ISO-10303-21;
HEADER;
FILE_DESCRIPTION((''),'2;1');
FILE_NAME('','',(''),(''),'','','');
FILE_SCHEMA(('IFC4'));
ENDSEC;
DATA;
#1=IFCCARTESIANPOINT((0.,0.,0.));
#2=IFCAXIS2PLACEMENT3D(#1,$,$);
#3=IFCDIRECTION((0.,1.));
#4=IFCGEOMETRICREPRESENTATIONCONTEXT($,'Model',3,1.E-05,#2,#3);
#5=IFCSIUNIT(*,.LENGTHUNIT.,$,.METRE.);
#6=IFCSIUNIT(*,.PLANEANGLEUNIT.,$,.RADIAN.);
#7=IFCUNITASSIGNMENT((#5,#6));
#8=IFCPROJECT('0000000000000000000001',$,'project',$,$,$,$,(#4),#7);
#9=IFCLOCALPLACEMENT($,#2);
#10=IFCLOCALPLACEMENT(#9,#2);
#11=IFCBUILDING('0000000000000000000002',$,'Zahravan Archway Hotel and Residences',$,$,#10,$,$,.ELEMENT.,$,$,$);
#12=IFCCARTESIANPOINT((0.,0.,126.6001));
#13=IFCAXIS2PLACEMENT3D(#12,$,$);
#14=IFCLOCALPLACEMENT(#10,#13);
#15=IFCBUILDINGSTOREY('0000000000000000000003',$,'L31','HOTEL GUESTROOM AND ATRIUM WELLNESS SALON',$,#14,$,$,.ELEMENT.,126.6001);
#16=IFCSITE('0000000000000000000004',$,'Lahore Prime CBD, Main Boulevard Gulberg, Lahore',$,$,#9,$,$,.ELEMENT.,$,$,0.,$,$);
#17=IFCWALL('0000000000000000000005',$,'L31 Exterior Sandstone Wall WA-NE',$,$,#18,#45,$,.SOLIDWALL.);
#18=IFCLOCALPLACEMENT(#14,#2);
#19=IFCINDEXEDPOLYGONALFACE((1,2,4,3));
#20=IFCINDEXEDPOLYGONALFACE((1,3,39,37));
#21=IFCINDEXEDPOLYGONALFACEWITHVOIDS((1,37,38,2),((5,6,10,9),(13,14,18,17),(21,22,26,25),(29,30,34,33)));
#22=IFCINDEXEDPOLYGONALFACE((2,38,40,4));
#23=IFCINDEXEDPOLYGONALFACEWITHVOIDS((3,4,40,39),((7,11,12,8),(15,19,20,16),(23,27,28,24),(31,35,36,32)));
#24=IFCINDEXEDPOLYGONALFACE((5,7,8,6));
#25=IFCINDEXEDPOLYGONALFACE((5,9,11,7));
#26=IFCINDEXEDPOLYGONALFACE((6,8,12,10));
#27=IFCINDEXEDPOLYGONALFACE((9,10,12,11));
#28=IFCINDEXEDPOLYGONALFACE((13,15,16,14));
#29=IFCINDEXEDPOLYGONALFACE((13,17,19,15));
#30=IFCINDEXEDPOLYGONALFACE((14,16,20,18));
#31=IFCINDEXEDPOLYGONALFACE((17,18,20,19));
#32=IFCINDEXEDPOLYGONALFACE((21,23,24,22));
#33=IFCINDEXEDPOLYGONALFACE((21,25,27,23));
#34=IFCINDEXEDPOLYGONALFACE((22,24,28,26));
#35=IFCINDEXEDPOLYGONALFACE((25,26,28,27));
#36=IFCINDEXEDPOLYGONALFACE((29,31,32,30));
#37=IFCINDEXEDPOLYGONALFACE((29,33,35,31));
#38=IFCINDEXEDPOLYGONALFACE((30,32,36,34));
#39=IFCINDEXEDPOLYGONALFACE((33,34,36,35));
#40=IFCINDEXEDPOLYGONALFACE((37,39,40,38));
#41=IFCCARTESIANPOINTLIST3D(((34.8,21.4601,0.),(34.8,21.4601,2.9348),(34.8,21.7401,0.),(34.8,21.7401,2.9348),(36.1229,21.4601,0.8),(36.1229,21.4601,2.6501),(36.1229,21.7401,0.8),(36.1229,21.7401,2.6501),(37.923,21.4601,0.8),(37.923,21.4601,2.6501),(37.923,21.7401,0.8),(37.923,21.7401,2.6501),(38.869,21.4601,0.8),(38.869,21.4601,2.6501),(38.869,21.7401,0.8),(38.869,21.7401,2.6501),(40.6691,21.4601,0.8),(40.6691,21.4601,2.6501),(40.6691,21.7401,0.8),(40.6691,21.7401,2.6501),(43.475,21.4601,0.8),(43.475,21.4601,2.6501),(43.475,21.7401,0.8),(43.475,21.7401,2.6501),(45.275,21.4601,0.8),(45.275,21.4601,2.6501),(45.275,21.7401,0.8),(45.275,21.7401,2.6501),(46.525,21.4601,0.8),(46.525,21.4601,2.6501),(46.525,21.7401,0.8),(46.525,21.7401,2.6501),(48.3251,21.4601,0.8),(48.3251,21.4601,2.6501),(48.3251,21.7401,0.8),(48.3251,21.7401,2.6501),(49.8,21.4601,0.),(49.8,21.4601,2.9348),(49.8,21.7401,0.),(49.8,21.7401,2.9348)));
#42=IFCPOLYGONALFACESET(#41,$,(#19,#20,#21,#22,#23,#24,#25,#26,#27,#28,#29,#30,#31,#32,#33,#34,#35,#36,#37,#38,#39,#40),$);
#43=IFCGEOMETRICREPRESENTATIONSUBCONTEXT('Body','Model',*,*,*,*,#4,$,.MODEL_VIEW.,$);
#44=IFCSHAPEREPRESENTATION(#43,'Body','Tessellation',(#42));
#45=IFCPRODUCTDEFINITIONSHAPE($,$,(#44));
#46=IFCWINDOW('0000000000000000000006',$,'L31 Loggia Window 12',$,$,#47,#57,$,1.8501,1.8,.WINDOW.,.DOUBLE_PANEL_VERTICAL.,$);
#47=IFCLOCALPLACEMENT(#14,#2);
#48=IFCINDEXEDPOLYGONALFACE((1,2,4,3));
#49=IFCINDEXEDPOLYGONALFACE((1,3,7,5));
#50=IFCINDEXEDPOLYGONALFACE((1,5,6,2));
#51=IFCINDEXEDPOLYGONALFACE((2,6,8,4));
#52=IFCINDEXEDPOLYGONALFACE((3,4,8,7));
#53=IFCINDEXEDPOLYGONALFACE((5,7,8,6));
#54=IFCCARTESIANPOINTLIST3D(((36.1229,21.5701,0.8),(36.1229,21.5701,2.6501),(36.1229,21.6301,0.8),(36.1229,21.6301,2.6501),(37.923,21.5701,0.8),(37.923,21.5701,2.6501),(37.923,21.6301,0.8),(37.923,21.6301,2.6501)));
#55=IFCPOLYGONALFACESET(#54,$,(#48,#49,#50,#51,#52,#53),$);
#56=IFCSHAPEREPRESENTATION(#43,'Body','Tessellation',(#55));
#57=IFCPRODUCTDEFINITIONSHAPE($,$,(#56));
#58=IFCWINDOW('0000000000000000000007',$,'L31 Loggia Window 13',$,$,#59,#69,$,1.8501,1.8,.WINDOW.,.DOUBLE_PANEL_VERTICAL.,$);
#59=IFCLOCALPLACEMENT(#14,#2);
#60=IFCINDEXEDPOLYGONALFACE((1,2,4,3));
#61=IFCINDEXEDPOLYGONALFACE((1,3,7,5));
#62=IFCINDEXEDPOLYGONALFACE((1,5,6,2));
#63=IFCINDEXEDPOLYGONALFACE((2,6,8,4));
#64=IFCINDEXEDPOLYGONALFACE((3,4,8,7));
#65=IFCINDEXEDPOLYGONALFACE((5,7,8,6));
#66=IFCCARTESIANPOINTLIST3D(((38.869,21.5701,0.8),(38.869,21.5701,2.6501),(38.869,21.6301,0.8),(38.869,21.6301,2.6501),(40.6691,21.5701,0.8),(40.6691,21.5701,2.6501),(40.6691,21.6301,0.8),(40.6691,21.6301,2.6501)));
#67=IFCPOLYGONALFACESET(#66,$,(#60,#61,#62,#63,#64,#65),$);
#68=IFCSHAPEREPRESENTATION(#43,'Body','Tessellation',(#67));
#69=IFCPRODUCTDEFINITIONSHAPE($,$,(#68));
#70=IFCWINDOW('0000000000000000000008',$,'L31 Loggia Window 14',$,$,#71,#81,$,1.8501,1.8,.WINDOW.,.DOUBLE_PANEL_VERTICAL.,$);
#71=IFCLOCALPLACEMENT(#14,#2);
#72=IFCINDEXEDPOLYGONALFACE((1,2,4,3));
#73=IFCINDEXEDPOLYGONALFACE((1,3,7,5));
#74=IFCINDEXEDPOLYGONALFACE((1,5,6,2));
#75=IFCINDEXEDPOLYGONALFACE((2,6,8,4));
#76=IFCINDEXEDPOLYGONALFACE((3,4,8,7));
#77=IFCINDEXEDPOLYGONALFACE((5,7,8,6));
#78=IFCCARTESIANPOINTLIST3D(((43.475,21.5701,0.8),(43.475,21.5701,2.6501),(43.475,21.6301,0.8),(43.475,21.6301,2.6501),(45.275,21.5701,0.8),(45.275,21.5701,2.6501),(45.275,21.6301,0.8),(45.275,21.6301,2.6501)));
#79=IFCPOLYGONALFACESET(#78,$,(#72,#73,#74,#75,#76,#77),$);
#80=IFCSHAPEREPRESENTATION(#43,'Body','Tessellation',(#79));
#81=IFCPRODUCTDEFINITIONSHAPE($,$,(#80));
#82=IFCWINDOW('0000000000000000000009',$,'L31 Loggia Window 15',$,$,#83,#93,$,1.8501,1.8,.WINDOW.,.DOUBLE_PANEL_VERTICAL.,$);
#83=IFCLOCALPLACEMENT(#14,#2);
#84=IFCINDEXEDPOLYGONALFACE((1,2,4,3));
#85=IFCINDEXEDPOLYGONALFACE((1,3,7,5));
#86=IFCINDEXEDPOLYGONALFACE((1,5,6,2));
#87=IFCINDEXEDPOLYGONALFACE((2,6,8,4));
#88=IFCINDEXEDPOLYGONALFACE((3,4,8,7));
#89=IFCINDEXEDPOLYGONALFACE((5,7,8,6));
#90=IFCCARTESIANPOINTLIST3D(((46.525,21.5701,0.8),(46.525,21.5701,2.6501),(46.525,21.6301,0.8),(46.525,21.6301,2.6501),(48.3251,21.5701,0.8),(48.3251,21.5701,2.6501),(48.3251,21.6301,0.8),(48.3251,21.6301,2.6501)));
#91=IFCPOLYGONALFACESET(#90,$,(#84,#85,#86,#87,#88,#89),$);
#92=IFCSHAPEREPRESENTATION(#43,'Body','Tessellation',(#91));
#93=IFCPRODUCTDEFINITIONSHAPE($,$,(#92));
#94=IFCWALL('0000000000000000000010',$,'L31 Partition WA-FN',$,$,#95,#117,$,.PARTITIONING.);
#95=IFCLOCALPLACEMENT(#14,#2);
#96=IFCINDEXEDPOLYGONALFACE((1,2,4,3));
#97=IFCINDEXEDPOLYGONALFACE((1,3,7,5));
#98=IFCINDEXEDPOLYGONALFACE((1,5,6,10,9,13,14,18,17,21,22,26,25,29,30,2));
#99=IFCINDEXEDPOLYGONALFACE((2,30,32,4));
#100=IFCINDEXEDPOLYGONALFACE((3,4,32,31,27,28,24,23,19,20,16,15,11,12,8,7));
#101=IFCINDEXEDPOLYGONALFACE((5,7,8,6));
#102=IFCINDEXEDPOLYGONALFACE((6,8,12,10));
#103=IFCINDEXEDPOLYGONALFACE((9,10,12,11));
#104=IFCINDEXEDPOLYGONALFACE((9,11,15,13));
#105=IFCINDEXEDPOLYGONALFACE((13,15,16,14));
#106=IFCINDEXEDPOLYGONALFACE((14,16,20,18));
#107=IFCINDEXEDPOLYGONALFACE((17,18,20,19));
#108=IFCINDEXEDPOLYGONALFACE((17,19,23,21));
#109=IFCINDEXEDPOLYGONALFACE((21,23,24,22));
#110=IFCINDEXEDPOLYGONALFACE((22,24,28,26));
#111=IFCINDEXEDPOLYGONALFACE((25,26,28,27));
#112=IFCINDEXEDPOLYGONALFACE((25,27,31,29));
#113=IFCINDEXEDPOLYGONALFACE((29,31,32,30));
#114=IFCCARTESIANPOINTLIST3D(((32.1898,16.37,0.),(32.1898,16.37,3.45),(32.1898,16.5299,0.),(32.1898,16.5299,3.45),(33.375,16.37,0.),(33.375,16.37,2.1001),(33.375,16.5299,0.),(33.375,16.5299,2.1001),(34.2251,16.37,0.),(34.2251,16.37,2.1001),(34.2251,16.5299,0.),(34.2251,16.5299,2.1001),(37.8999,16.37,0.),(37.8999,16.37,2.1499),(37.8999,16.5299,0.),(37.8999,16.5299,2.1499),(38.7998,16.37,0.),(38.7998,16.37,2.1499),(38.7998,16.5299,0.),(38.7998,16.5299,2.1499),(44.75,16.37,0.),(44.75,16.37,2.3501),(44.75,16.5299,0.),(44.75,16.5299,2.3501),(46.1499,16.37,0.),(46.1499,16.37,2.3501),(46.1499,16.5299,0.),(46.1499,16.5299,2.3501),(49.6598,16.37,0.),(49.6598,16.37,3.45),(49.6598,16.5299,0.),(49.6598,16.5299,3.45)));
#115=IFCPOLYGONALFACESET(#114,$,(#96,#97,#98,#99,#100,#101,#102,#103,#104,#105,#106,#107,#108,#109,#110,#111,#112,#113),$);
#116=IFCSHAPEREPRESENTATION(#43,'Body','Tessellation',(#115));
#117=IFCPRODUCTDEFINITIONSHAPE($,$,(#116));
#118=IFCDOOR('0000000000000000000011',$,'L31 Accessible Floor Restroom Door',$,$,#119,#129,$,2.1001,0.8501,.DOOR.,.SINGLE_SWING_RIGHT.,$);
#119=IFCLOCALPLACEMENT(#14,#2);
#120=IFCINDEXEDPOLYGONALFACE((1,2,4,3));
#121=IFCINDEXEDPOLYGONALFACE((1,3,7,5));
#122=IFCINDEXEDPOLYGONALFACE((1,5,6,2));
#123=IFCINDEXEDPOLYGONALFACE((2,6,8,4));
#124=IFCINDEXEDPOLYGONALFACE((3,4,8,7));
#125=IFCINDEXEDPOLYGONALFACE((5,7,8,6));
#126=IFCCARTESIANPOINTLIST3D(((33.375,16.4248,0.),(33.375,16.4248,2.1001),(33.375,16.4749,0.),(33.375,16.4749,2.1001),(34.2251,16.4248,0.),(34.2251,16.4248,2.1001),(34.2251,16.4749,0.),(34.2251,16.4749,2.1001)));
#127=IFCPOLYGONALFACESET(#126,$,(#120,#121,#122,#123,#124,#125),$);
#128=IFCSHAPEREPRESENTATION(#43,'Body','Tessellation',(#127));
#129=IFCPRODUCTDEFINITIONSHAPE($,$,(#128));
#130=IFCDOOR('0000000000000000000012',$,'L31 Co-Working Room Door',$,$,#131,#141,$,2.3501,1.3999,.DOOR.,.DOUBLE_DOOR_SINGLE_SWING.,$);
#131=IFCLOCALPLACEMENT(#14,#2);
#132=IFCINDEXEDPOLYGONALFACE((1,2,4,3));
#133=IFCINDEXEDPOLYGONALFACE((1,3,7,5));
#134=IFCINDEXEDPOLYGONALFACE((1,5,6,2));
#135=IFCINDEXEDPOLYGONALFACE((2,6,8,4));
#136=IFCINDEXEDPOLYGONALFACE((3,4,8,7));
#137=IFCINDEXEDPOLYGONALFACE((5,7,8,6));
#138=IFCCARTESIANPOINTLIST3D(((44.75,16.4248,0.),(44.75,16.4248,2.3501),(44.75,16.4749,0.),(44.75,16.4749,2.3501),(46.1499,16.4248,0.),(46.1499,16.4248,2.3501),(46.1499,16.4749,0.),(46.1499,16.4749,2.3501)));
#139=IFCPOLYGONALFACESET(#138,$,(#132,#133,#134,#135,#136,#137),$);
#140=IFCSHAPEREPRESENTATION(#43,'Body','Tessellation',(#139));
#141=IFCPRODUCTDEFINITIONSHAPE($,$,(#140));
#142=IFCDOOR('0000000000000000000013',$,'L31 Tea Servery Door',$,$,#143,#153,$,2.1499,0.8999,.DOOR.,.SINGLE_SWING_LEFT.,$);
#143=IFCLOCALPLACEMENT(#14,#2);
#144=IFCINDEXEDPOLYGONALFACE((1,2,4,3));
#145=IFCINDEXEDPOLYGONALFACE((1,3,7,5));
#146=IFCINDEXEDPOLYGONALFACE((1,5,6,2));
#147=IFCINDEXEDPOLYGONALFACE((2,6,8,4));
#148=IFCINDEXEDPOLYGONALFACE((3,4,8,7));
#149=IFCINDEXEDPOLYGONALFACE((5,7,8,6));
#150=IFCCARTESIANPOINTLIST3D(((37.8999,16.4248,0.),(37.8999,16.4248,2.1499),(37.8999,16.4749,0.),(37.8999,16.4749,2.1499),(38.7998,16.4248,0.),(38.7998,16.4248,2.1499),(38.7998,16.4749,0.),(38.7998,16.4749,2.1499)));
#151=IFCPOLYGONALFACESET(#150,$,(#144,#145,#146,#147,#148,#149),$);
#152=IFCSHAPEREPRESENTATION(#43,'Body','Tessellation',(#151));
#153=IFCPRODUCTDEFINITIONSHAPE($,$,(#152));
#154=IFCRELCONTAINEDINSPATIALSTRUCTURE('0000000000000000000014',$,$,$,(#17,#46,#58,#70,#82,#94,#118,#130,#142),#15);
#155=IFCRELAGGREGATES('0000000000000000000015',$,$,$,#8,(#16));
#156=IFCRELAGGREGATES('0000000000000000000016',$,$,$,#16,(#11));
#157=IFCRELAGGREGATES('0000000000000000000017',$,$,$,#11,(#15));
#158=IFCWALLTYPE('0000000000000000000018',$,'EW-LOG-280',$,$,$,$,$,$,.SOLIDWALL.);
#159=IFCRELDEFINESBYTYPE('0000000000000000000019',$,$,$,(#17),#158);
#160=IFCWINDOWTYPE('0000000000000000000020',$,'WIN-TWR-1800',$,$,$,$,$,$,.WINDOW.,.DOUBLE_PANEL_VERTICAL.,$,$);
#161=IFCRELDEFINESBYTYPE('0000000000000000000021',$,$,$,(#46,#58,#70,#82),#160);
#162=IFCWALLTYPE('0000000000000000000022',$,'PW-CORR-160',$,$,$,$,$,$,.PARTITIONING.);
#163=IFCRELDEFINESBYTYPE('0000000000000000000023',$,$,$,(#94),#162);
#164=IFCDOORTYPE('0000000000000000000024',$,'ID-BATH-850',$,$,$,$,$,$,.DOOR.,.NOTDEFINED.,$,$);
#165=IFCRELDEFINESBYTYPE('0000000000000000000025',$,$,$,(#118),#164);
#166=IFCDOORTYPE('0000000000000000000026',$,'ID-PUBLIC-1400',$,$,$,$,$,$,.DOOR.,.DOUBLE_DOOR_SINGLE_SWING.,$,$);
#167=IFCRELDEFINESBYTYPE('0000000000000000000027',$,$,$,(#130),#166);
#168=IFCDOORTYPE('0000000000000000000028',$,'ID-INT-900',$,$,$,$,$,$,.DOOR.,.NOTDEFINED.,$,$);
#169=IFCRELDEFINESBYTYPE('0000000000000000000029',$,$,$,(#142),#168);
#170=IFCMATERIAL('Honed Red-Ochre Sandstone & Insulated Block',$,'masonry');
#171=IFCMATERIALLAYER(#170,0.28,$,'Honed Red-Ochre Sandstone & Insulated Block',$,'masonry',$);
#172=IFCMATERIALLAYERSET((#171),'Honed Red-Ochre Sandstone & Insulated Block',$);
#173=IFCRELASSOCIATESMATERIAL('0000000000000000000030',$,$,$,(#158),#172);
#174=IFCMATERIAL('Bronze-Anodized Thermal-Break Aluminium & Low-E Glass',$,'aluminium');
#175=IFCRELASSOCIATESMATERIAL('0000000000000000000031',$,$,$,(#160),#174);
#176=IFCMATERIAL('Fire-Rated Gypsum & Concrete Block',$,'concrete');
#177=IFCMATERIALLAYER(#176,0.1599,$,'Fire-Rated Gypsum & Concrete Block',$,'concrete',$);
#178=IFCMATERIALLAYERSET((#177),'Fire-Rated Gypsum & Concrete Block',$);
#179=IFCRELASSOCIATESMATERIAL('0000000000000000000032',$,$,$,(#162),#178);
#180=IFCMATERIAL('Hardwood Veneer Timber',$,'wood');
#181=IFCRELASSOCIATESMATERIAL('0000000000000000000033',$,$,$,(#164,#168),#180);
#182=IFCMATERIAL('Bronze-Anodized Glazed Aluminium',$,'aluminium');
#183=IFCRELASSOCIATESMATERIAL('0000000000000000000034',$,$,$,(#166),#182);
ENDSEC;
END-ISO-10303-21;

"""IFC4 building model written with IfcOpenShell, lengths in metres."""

from ifc_helpers import new_model, si_unit, direction, frame, frame_2d, origin, place, context, subcontext, project, spatial, rectangle, extrude, source, transform, mapped, material, layer, layer_set, type_object, type_shapes, element, fill, save


model = new_model("IFC4")

# Units and contexts
model_context = context("Model", 3, precision=1e-05, world=origin(), true_north=direction((0.0, 1.0)))
body_context = subcontext(model_context, "Body", "Model", "MODEL_VIEW")
ifc_project = project(units=[si_unit("LENGTHUNIT", "METRE"), si_unit("PLANEANGLEUNIT", "RADIAN")], contexts=[model_context])

# Site, building, storey
site_placement = place(None, origin())
site = spatial("IfcSite", under=ifc_project, at=site_placement, Name="Lahore Prime CBD, Main Boulevard Gulberg, Lahore", CompositionType="ELEMENT", RefElevation=0.0)
building_placement = place(site_placement, origin())
building = spatial("IfcBuilding", under=site, at=building_placement, Name="Zahravan Archway Hotel and Residences", CompositionType="ELEMENT")
storey_placement = place(building_placement, frame((0.0, 0.0, 126.6001)))
storey = spatial("IfcBuildingStorey", under=building, at=storey_placement, Name="L31", Description="HOTEL GUESTROOM AND ATRIUM WELLNESS SALON", CompositionType="ELEMENT", Elevation=126.6001)

# Wall, openings, windows
ifc_material_1 = material(Name="Honed Red-Ochre Sandstone & Insulated Block", Category="masonry")
ifc_layer_1 = layer(ifc_material_1, 0.28, Name="Honed Red-Ochre Sandstone & Insulated Block", Category="masonry")
ifc_layer_set_1 = layer_set([ifc_layer_1], Name="Honed Red-Ochre Sandstone & Insulated Block")
wall_type_1 = type_object("IfcWallType", Name="EW-LOG-280", PredefinedType="SOLIDWALL", material=ifc_layer_set_1)
wall_1_placement = place(storey_placement, frame((34.8, 21.6001, 0.0), z_axis=(0.0, 0.0, 1.0), x_axis=(1.0, 0.0, 0.0)))
wall_1 = element("IfcWall", 1, at=wall_1_placement, inside=storey, type_object=wall_type_1, Name="L31 Exterior Sandstone Wall WA-NE", PredefinedType="SOLIDWALL", context=body_context, shape_type="SweptSolid", body=[
    extrude(rectangle(XDim=15.0, YDim=0.28, at=frame_2d((7.5, 0.0))), origin(), (0.0, 0.0, 1.0), 2.9348),
])
opening_1_placement = place(wall_1_placement, frame((1.323, 0.0, 0.8)))
opening_1 = element("IfcOpeningElement", 2, at=opening_1_placement, cuts=wall_1, PredefinedType="OPENING", context=body_context, shape_type="SweptSolid", body=[
    extrude(rectangle(XDim=1.8, YDim=1.8501, at=frame_2d((0.8999, 0.925))), frame((0.0, 0.1499, 0.0), z_axis=(0.0, -1.0, 0.0), x_axis=(1.0, 0.0, 0.0)), (0.0, 0.0, 1.0), 0.3),
])
opening_2_placement = place(wall_1_placement, frame((4.0691, 0.0, 0.8)))
opening_2 = element("IfcOpeningElement", 3, at=opening_2_placement, cuts=wall_1, PredefinedType="OPENING", context=body_context, shape_type="SweptSolid", body=[
    extrude(rectangle(XDim=1.8, YDim=1.8501, at=frame_2d((0.8999, 0.925))), frame((0.0, 0.1499, 0.0), z_axis=(0.0, -1.0, 0.0), x_axis=(1.0, 0.0, 0.0)), (0.0, 0.0, 1.0), 0.3),
])
opening_3_placement = place(wall_1_placement, frame((8.675, 0.0, 0.8)))
opening_3 = element("IfcOpeningElement", 4, at=opening_3_placement, cuts=wall_1, PredefinedType="OPENING", context=body_context, shape_type="SweptSolid", body=[
    extrude(rectangle(XDim=1.8, YDim=1.8501, at=frame_2d((0.8999, 0.925))), frame((0.0, 0.1499, 0.0), z_axis=(0.0, -1.0, 0.0), x_axis=(1.0, 0.0, 0.0)), (0.0, 0.0, 1.0), 0.3),
])
opening_4_placement = place(wall_1_placement, frame((11.7251, 0.0, 0.8)))
opening_4 = element("IfcOpeningElement", 5, at=opening_4_placement, cuts=wall_1, PredefinedType="OPENING", context=body_context, shape_type="SweptSolid", body=[
    extrude(rectangle(XDim=1.8, YDim=1.8501, at=frame_2d((0.8999, 0.925))), frame((0.0, 0.1499, 0.0), z_axis=(0.0, -1.0, 0.0), x_axis=(1.0, 0.0, 0.0)), (0.0, 0.0, 1.0), 0.3),
])
ifc_material_2 = material(Name="Bronze-Anodized Thermal-Break Aluminium & Low-E Glass", Category="aluminium")
window_type = type_object("IfcWindowType", Name="WIN-TWR-1800", PartitioningType="DOUBLE_PANEL_VERTICAL", PredefinedType="WINDOW", material=ifc_material_2)
shared_shape_1 = source(origin(), body_context, "Body", "SweptSolid", [
    extrude(rectangle(XDim=1.8, YDim=1.8501, at=frame_2d((0.8999, 0.925))), frame((0.0, 0.03, 0.0), z_axis=(0.0, -1.0, 0.0), x_axis=(1.0, 0.0, 0.0)), (0.0, 0.0, 1.0), 0.0601),
])
type_shapes(window_type, [shared_shape_1])
window_1_placement = place(opening_1_placement, origin())
window_1 = element("IfcWindow", 6, at=window_1_placement, inside=storey, type_object=window_type, Name="L31 Loggia Window 12", OverallHeight=1.8501, OverallWidth=1.8, PartitioningType="DOUBLE_PANEL_VERTICAL", PredefinedType="WINDOW", context=body_context, shape_type="MappedRepresentation", body=[
    mapped(shared_shape_1, transform((0.0, 0.0, 0.0), scale=1.0)),
])
fill(opening_1, window_1)
window_2_placement = place(opening_2_placement, origin())
window_2 = element("IfcWindow", 7, at=window_2_placement, inside=storey, type_object=window_type, Name="L31 Loggia Window 13", OverallHeight=1.8501, OverallWidth=1.8, PartitioningType="DOUBLE_PANEL_VERTICAL", PredefinedType="WINDOW", context=body_context, shape_type="MappedRepresentation", body=[
    mapped(shared_shape_1, transform((0.0, 0.0, 0.0), scale=1.0)),
])
fill(opening_2, window_2)
window_3_placement = place(opening_3_placement, origin())
window_3 = element("IfcWindow", 8, at=window_3_placement, inside=storey, type_object=window_type, Name="L31 Loggia Window 14", OverallHeight=1.8501, OverallWidth=1.8, PartitioningType="DOUBLE_PANEL_VERTICAL", PredefinedType="WINDOW", context=body_context, shape_type="MappedRepresentation", body=[
    mapped(shared_shape_1, transform((0.0, 0.0, 0.0), scale=1.0)),
])
fill(opening_3, window_3)
window_4_placement = place(opening_4_placement, origin())
window_4 = element("IfcWindow", 9, at=window_4_placement, inside=storey, type_object=window_type, Name="L31 Loggia Window 15", OverallHeight=1.8501, OverallWidth=1.8, PartitioningType="DOUBLE_PANEL_VERTICAL", PredefinedType="WINDOW", context=body_context, shape_type="MappedRepresentation", body=[
    mapped(shared_shape_1, transform((0.0, 0.0, 0.0), scale=1.0)),
])
fill(opening_4, window_4)

# Wall, openings, doors
ifc_material_3 = material(Name="Fire-Rated Gypsum & Concrete Block", Category="concrete")
ifc_layer_2 = layer(ifc_material_3, 0.1599, Name="Fire-Rated Gypsum & Concrete Block", Category="concrete")
ifc_layer_set_2 = layer_set([ifc_layer_2], Name="Fire-Rated Gypsum & Concrete Block")
wall_type_2 = type_object("IfcWallType", Name="PW-CORR-160", PredefinedType="PARTITIONING", material=ifc_layer_set_2)
wall_2_placement = place(storey_placement, frame((32.1899, 16.45, 0.0), z_axis=(0.0, 0.0, 1.0), x_axis=(1.0, 0.0, 0.0)))
wall_2 = element("IfcWall", 10, at=wall_2_placement, inside=storey, type_object=wall_type_2, Name="L31 Partition WA-FN", PredefinedType="PARTITIONING", context=body_context, shape_type="SweptSolid", body=[
    extrude(rectangle(XDim=17.47, YDim=0.1599, at=frame_2d((8.7349, 0.0))), origin(), (0.0, 0.0, 1.0), 3.45),
])
opening_5_placement = place(wall_2_placement, frame((1.1851, 0.0, 0.0)))
opening_5 = element("IfcOpeningElement", 11, at=opening_5_placement, cuts=wall_2, PredefinedType="OPENING", context=body_context, shape_type="SweptSolid", body=[
    extrude(rectangle(XDim=0.8501, YDim=2.1001, at=frame_2d((0.425, 1.05))), frame((0.0, 0.0898, 0.0), z_axis=(0.0, -1.0, 0.0), x_axis=(1.0, 0.0, 0.0)), (0.0, 0.0, 1.0), 0.1799),
])
opening_6_placement = place(wall_2_placement, frame((5.71, 0.0, 0.0)))
opening_6 = element("IfcOpeningElement", 12, at=opening_6_placement, cuts=wall_2, PredefinedType="OPENING", context=body_context, shape_type="SweptSolid", body=[
    extrude(rectangle(XDim=0.8999, YDim=2.1499, at=frame_2d((0.45, 1.075))), frame((0.0, 0.0898, 0.0), z_axis=(0.0, -1.0, 0.0), x_axis=(1.0, 0.0, 0.0)), (0.0, 0.0, 1.0), 0.1799),
])
opening_7_placement = place(wall_2_placement, frame((12.5601, 0.0, 0.0)))
opening_7 = element("IfcOpeningElement", 13, at=opening_7_placement, cuts=wall_2, PredefinedType="OPENING", context=body_context, shape_type="SweptSolid", body=[
    extrude(rectangle(XDim=1.3999, YDim=2.3501, at=frame_2d((0.7, 1.175))), frame((0.0, 0.0898, 0.0), z_axis=(0.0, -1.0, 0.0), x_axis=(1.0, 0.0, 0.0)), (0.0, 0.0, 1.0), 0.1799),
])
ifc_material_4 = material(Name="Hardwood Veneer Timber", Category="wood")
door_type_1 = type_object("IfcDoorType", Name="ID-BATH-850", OperationType="NOTDEFINED", PredefinedType="DOOR", material=ifc_material_4)
shared_shape_2 = source(origin(), body_context, "Body", "SweptSolid", [
    extrude(rectangle(XDim=0.8501, YDim=2.1001, at=frame_2d((0.425, 1.05))), frame((0.0, 0.0249, 0.0), z_axis=(0.0, -1.0, 0.0), x_axis=(1.0, 0.0, 0.0)), (0.0, 0.0, 1.0), 0.05),
])
type_shapes(door_type_1, [shared_shape_2])
door_1_placement = place(opening_5_placement, origin())
door_1 = element("IfcDoor", 14, at=door_1_placement, inside=storey, type_object=door_type_1, Name="L31 Accessible Floor Restroom Door", OperationType="SINGLE_SWING_RIGHT", OverallHeight=2.1001, OverallWidth=0.8501, PredefinedType="DOOR", context=body_context, shape_type="MappedRepresentation", body=[
    mapped(shared_shape_2, transform((0.0, 0.0, 0.0), scale=1.0)),
])
fill(opening_5, door_1)
ifc_material_5 = material(Name="Bronze-Anodized Glazed Aluminium", Category="aluminium")
door_type_2 = type_object("IfcDoorType", Name="ID-PUBLIC-1400", OperationType="DOUBLE_DOOR_SINGLE_SWING", PredefinedType="DOOR", material=ifc_material_5)
shared_shape_3 = source(origin(), body_context, "Body", "SweptSolid", [
    extrude(rectangle(XDim=1.3999, YDim=2.3501, at=frame_2d((0.7, 1.175))), frame((0.0, 0.0249, 0.0), z_axis=(0.0, -1.0, 0.0), x_axis=(1.0, 0.0, 0.0)), (0.0, 0.0, 1.0), 0.05),
])
type_shapes(door_type_2, [shared_shape_3])
door_2_placement = place(opening_7_placement, origin())
door_2 = element("IfcDoor", 15, at=door_2_placement, inside=storey, type_object=door_type_2, Name="L31 Co-Working Room Door", OperationType="DOUBLE_DOOR_SINGLE_SWING", OverallHeight=2.3501, OverallWidth=1.3999, PredefinedType="DOOR", context=body_context, shape_type="MappedRepresentation", body=[
    mapped(shared_shape_3, transform((0.0, 0.0, 0.0), scale=1.0)),
])
fill(opening_7, door_2)
door_type_3 = type_object("IfcDoorType", Name="ID-INT-900", OperationType="NOTDEFINED", PredefinedType="DOOR", material=ifc_material_4)
shared_shape_4 = source(origin(), body_context, "Body", "SweptSolid", [
    extrude(rectangle(XDim=0.8999, YDim=2.1499, at=frame_2d((0.45, 1.075))), frame((0.0, 0.0249, 0.0), z_axis=(0.0, -1.0, 0.0), x_axis=(1.0, 0.0, 0.0)), (0.0, 0.0, 1.0), 0.05),
])
type_shapes(door_type_3, [shared_shape_4])
door_3_placement = place(opening_6_placement, origin())
door_3 = element("IfcDoor", 16, at=door_3_placement, inside=storey, type_object=door_type_3, Name="L31 Tea Servery Door", OperationType="SINGLE_SWING_LEFT", OverallHeight=2.1499, OverallWidth=0.8999, PredefinedType="DOOR", context=body_context, shape_type="MappedRepresentation", body=[
    mapped(shared_shape_4, transform((0.0, 0.0, 0.0), scale=1.0)),
])
fill(opening_6, door_3)

save(model, "model.ifc")
